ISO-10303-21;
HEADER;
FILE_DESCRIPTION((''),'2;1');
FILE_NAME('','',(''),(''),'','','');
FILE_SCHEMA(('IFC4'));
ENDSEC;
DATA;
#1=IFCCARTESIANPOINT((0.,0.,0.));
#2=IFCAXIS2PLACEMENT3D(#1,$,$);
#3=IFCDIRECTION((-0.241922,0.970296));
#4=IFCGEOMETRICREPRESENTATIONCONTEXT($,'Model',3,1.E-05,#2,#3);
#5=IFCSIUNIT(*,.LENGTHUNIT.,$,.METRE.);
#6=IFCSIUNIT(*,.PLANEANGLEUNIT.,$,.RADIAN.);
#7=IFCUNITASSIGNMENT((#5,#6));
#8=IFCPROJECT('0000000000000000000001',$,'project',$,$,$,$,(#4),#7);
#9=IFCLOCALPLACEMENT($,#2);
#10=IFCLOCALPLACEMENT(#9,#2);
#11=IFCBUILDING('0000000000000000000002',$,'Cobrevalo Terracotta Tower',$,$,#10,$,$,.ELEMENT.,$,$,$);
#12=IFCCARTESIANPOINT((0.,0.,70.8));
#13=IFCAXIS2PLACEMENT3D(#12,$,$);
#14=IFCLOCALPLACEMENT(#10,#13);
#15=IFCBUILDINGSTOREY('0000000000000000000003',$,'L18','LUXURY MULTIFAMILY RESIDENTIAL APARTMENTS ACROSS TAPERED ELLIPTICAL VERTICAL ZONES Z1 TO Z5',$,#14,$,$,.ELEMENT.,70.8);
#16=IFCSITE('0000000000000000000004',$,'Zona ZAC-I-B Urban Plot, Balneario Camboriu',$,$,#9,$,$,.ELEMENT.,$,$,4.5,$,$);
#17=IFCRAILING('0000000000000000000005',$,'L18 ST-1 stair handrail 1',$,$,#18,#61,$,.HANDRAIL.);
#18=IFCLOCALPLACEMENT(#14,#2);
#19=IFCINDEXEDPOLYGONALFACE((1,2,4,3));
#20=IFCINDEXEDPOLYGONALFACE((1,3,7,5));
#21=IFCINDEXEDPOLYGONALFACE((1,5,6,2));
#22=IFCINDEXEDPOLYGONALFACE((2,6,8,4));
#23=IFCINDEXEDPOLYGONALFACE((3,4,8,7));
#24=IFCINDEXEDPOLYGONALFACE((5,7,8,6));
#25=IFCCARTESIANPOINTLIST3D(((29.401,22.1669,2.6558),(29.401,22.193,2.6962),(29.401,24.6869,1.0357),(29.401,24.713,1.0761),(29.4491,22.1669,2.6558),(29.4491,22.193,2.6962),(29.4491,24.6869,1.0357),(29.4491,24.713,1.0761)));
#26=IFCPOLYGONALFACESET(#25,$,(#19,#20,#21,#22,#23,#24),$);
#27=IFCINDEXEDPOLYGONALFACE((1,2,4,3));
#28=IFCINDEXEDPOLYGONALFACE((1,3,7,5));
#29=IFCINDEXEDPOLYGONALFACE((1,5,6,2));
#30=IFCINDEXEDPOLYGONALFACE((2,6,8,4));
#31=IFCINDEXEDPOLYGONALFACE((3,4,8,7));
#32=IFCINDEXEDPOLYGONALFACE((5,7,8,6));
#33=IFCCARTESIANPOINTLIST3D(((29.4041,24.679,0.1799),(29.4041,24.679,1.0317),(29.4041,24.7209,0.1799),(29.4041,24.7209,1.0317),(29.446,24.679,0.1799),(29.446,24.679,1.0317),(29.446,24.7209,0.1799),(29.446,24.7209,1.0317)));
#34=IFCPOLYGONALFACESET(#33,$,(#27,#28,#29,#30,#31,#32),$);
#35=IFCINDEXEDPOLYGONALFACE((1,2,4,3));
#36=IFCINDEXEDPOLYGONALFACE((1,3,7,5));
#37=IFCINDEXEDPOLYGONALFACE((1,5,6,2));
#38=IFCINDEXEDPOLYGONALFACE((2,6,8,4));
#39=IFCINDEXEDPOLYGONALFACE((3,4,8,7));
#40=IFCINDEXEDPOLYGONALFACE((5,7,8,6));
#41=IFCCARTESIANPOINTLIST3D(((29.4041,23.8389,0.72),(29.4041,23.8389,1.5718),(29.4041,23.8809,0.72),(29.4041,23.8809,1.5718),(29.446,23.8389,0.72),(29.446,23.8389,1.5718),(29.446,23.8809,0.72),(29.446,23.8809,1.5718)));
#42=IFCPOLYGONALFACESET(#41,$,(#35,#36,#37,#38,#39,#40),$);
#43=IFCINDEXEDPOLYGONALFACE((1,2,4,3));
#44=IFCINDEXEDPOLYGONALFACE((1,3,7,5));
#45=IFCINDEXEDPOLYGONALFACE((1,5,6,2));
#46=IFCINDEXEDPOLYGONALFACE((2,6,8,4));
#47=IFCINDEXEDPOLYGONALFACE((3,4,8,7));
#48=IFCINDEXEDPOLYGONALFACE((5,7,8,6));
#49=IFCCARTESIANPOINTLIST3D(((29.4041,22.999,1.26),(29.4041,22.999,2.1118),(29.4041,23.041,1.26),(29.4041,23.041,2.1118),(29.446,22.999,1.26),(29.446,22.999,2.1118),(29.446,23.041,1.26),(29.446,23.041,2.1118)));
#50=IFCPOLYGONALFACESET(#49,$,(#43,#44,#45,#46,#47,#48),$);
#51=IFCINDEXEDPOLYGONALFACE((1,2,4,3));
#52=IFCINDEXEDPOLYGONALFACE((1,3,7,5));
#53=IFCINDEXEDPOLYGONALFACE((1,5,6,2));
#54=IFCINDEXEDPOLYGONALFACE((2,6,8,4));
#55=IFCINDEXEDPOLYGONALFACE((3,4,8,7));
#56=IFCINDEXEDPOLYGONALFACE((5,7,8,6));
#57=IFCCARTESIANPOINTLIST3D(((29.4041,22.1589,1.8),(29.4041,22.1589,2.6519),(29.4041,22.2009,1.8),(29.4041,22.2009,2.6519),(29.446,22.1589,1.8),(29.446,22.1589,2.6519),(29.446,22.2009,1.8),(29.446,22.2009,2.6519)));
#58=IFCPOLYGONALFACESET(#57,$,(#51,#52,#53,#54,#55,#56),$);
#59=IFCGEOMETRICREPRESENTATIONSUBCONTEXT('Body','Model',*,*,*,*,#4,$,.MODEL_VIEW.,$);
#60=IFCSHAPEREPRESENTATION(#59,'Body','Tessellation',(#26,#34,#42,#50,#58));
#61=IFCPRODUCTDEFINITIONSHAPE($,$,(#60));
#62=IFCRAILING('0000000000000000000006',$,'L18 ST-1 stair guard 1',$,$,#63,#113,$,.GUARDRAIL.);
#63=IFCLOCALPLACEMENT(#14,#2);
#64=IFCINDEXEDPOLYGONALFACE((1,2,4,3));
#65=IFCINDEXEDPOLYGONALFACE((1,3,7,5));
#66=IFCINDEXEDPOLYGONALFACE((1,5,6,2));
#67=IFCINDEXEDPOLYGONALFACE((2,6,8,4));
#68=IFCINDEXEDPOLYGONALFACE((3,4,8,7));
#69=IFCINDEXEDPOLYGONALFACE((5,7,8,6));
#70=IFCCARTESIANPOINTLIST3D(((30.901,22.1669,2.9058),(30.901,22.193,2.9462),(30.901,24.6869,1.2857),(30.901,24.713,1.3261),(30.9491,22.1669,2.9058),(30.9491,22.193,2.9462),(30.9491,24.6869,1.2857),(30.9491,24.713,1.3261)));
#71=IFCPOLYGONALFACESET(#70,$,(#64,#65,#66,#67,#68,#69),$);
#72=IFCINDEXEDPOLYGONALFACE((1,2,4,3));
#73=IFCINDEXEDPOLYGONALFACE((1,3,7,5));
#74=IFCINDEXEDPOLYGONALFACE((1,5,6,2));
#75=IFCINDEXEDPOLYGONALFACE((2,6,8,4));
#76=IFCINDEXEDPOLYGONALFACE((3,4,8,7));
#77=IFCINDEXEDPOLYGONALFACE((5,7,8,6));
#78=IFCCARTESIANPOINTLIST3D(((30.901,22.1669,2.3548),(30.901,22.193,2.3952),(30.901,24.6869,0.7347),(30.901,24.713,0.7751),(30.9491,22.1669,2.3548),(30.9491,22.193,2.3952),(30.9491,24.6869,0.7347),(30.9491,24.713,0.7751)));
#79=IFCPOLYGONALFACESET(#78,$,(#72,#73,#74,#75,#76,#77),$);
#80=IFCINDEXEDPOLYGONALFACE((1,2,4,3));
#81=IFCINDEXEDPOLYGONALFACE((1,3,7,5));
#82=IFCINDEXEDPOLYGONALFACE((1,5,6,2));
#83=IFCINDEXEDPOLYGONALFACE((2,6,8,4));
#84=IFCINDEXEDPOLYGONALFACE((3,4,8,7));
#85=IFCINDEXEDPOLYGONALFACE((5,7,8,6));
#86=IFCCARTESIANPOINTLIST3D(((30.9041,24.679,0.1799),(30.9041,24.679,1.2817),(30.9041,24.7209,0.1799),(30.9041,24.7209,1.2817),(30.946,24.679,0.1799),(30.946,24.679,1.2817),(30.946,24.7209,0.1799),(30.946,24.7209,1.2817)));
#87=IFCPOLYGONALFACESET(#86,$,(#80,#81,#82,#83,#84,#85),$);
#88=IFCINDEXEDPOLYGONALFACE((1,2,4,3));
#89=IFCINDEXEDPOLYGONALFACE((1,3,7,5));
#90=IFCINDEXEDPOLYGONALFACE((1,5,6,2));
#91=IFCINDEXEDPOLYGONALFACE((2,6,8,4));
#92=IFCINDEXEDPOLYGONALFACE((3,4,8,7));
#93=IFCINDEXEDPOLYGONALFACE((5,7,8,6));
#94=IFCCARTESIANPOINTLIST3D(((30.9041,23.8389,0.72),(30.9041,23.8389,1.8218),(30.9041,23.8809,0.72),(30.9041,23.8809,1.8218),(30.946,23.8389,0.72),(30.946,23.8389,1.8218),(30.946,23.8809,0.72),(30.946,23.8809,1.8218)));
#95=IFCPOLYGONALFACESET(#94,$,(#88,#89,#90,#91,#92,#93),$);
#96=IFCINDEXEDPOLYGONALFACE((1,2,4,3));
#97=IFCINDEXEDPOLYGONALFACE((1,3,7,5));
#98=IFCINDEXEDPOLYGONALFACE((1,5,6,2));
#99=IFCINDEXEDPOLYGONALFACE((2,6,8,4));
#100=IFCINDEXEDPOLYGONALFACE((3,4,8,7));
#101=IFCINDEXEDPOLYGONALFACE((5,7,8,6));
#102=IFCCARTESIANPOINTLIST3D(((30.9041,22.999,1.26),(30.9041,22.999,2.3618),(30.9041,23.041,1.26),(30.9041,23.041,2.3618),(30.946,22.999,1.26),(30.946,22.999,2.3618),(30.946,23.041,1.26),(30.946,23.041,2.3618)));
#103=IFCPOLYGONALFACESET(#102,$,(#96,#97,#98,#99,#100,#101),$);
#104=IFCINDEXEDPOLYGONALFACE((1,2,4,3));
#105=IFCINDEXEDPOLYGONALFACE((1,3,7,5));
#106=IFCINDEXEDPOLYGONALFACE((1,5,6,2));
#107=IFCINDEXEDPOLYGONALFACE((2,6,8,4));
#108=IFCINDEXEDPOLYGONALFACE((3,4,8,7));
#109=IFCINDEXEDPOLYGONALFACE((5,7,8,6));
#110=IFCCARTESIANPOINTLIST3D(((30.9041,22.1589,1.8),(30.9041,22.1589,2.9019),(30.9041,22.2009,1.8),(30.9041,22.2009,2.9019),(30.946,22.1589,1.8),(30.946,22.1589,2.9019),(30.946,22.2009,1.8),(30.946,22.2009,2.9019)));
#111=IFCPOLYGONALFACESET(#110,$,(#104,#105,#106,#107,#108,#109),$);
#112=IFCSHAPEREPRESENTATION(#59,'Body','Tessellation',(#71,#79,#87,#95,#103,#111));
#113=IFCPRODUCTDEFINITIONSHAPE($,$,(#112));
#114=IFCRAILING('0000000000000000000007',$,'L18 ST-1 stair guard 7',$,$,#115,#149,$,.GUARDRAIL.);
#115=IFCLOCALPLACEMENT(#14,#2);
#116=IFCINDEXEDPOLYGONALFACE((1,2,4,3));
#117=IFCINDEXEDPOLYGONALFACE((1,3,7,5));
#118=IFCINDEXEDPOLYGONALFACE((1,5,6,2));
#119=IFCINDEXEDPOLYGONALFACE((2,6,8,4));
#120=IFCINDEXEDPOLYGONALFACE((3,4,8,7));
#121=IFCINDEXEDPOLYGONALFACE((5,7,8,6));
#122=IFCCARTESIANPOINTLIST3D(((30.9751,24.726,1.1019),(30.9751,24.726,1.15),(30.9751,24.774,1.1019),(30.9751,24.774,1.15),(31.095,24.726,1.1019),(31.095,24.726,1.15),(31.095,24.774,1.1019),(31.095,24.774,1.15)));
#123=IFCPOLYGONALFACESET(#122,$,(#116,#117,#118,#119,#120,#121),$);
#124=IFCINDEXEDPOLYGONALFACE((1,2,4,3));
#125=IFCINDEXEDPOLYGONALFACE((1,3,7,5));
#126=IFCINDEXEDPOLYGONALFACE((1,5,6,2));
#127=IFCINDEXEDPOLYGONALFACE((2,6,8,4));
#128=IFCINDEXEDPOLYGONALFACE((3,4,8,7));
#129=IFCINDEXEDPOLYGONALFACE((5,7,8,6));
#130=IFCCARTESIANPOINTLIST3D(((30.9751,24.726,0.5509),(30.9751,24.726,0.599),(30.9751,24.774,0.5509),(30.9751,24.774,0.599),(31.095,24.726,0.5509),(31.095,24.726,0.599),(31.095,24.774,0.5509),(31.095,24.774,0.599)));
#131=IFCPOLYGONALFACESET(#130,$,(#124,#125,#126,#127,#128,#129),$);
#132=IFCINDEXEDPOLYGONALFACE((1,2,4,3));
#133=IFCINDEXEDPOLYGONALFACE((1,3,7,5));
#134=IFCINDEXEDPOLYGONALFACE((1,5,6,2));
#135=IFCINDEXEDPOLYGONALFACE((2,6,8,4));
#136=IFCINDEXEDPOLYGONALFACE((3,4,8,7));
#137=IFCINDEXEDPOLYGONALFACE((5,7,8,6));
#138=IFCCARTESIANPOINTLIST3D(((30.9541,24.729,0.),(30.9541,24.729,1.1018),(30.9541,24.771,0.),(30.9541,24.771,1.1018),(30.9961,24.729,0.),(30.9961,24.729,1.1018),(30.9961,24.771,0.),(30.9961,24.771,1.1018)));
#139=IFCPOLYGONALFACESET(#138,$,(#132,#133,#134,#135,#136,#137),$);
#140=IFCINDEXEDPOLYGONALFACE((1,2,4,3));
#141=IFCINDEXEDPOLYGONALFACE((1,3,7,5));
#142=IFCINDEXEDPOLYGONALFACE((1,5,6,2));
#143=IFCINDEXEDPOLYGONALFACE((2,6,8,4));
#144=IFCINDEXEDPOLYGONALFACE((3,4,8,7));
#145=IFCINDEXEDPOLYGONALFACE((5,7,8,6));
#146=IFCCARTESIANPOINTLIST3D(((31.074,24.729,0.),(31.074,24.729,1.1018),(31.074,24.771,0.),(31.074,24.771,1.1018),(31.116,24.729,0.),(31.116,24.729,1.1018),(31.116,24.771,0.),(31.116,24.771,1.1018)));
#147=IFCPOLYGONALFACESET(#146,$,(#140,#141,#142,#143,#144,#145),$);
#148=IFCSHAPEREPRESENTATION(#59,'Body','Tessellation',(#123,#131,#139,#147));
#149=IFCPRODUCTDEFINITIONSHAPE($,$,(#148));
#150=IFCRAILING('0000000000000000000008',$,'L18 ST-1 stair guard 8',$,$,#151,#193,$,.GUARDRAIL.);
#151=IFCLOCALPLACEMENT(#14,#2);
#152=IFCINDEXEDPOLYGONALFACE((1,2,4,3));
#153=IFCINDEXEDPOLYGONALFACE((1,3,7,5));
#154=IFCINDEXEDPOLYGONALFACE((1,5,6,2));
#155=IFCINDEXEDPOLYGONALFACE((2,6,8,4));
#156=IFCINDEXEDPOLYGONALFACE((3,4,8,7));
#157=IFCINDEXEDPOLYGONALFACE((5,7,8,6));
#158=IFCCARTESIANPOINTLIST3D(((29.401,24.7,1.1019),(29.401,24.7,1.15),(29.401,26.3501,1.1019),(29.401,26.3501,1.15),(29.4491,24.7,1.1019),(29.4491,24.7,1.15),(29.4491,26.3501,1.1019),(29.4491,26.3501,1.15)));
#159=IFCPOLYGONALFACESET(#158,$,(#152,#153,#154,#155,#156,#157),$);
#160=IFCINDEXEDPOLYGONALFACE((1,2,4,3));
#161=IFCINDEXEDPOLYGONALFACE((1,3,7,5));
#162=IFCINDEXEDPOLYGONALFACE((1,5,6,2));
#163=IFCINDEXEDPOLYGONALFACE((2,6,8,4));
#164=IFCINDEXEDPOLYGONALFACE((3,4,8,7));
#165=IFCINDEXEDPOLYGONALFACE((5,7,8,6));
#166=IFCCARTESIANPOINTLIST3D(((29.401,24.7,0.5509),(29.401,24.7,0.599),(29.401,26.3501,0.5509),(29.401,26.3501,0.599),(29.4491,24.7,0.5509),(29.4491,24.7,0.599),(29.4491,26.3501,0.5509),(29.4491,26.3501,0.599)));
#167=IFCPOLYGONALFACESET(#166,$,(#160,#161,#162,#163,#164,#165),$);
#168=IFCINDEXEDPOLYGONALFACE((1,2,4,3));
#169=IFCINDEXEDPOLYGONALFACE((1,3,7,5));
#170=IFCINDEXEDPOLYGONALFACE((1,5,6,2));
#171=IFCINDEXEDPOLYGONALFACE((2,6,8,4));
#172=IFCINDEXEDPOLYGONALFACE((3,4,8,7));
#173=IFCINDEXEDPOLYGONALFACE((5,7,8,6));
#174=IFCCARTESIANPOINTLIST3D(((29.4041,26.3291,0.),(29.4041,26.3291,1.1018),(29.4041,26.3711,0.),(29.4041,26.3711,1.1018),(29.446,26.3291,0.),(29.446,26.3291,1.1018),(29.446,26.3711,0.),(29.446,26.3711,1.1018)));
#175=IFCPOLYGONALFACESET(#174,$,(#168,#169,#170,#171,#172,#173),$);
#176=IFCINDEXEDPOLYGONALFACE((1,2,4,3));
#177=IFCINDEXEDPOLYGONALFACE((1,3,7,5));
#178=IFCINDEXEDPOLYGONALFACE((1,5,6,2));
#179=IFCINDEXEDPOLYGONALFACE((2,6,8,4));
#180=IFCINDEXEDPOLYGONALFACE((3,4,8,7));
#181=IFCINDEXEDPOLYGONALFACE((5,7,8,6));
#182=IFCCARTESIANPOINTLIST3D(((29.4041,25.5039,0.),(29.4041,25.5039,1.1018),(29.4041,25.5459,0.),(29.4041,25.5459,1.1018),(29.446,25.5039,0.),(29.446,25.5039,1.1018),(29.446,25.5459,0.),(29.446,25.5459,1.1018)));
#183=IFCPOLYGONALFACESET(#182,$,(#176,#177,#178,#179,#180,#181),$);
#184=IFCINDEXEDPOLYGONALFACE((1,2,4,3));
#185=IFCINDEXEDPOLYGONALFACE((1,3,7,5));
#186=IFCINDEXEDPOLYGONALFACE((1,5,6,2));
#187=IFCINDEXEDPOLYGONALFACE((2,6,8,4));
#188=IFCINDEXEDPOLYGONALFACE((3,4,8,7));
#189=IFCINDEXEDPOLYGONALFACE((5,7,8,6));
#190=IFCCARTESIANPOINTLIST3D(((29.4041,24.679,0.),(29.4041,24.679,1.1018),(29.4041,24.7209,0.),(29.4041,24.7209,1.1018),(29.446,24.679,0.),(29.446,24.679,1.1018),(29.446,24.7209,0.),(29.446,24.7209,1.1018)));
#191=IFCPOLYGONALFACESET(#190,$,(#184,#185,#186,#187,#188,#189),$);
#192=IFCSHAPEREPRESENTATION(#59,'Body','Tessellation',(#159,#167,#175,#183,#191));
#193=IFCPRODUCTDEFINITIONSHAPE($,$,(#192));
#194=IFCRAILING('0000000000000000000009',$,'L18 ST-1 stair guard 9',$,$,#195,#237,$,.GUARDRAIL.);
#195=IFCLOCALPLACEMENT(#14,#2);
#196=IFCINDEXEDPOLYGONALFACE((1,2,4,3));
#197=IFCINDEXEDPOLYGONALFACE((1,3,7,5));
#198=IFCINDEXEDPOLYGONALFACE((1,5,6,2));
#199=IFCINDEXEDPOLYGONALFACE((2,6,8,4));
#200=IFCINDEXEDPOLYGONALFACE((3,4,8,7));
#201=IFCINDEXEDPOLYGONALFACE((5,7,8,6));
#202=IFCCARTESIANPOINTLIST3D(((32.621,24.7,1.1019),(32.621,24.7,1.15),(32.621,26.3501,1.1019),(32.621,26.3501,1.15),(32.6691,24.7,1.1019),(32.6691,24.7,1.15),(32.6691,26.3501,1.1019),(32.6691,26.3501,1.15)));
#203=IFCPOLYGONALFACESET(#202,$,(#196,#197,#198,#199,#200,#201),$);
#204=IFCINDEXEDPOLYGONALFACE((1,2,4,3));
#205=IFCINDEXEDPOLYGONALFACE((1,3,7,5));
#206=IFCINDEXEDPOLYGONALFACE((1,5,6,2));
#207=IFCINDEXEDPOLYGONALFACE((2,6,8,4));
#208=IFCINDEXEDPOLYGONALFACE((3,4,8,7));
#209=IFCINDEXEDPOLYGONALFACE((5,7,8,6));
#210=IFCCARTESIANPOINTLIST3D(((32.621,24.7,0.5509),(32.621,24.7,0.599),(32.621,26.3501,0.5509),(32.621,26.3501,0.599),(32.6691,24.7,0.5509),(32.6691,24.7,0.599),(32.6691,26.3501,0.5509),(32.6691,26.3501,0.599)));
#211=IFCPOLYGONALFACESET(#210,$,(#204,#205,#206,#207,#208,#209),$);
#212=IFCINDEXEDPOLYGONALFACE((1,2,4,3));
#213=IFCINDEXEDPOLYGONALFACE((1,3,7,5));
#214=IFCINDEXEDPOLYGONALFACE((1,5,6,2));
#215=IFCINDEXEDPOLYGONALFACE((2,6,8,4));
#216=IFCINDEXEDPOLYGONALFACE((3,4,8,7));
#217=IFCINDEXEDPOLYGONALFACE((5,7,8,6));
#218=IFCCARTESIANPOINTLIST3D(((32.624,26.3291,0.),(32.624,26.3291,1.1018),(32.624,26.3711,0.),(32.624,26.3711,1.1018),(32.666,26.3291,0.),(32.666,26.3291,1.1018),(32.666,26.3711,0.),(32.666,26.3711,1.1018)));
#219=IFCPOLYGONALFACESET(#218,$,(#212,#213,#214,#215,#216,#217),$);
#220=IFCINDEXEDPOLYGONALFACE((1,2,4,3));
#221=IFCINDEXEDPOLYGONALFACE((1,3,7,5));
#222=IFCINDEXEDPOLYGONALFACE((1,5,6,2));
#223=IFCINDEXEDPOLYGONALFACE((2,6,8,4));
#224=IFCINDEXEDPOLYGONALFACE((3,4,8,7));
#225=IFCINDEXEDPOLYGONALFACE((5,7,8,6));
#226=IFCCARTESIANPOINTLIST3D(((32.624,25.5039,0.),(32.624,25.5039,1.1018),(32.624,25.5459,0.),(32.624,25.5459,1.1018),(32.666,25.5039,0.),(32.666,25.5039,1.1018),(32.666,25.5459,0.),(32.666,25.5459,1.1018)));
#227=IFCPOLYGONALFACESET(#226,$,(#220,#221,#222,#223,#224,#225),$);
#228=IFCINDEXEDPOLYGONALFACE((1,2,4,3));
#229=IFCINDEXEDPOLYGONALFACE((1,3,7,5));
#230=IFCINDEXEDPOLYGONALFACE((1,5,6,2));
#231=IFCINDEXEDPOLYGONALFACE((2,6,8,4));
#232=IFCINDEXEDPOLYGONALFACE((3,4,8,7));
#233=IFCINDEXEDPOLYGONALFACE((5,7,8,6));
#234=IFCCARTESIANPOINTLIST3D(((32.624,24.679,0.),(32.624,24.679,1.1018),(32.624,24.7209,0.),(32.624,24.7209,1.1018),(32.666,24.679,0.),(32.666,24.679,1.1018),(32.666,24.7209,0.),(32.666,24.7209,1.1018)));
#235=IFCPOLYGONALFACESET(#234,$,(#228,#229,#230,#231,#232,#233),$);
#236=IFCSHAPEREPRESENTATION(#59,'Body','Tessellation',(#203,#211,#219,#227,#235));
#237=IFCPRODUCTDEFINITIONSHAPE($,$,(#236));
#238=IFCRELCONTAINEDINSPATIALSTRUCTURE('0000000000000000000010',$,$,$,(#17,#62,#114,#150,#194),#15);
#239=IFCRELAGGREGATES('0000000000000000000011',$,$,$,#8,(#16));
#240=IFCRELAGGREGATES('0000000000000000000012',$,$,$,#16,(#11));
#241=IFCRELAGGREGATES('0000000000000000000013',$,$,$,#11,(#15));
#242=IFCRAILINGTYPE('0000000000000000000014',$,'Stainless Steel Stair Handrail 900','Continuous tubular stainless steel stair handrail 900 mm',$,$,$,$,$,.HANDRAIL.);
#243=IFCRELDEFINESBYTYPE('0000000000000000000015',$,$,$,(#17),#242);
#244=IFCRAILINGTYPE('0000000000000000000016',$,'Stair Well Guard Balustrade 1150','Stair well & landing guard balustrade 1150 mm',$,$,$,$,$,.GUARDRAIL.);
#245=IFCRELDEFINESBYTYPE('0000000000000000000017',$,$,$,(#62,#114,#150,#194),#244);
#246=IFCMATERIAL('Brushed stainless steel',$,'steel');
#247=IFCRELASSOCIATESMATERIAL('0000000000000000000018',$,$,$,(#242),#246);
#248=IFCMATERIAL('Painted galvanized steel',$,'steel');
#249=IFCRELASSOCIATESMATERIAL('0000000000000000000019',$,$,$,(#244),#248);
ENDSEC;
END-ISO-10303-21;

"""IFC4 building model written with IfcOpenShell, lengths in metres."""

from ifc_helpers import new_model, si_unit, direction, frame, origin, origin_2d, place, context, subcontext, project, spatial, rectangle, extrude, material, type_object, element, save


model = new_model("IFC4")

# Units and contexts
model_context = context("Model", 3, precision=1e-05, world=origin(), true_north=direction((-0.241922, 0.970296)))
body_context = subcontext(model_context, "Body", "Model", "MODEL_VIEW")
ifc_project = project(units=[si_unit("LENGTHUNIT", "METRE"), si_unit("PLANEANGLEUNIT", "RADIAN")], contexts=[model_context])

# Site, building, storey
site_placement = place(None, origin())
site = spatial("IfcSite", under=ifc_project, at=site_placement, Name="Zona ZAC-I-B Urban Plot, Balneario Camboriu", CompositionType="ELEMENT", RefElevation=4.5)
building_placement = place(site_placement, origin())
building = spatial("IfcBuilding", under=site, at=building_placement, Name="Cobrevalo Terracotta Tower", CompositionType="ELEMENT")
storey_placement = place(building_placement, frame((0.0, 0.0, 70.8)))
storey = spatial("IfcBuildingStorey", under=building, at=storey_placement, Name="L18", Description="LUXURY MULTIFAMILY RESIDENTIAL APARTMENTS ACROSS TAPERED ELLIPTICAL VERTICAL ZONES Z1 TO Z5", CompositionType="ELEMENT", Elevation=70.8)

# Shared definitions
ifc_material_1 = material(Name="Brushed stainless steel", Category="steel")

# Railings
railing_type_1 = type_object("IfcRailingType", Name="Stainless Steel Stair Handrail 900", Description="Continuous tubular stainless steel stair handrail 900 mm", PredefinedType="HANDRAIL", material=ifc_material_1)
railing_1_placement = place(storey_placement, frame((29.425, 24.7, 0.1799)))
element("IfcRailing", 1, at=railing_1_placement, inside=storey, type_object=railing_type_1, Name="L18 ST-1 stair handrail 1", PredefinedType="HANDRAIL", context=body_context, shape_type="SweptSolid", body=[
    extrude(rectangle(XDim=0.0481, YDim=0.0481, at=origin_2d()), frame((0.0, 0.0, 0.876), z_axis=(0.0, -0.841163, 0.540782), x_axis=(1.0, 0.0, 0.0)), (0.0, 0.0, 1.0), 2.9958),
    extrude(rectangle(XDim=0.042, YDim=0.042, at=origin_2d()), origin(), (0.0, 0.0, 1.0), 0.8518),
    extrude(rectangle(XDim=0.042, YDim=0.042, at=origin_2d()), frame((0.0, -0.8401, 0.54)), (0.0, 0.0, 1.0), 0.8518),
    extrude(rectangle(XDim=0.042, YDim=0.042, at=origin_2d()), frame((0.0, -1.6799, 1.0801)), (0.0, 0.0, 1.0), 0.8518),
    extrude(rectangle(XDim=0.042, YDim=0.042, at=origin_2d()), frame((0.0, -2.52, 1.6201)), (0.0, 0.0, 1.0), 0.8518),
])
ifc_material_2 = material(Name="Painted galvanized steel", Category="steel")
railing_type_2 = type_object("IfcRailingType", Name="Stair Well Guard Balustrade 1150", Description="Stair well & landing guard balustrade 1150 mm", PredefinedType="GUARDRAIL", material=ifc_material_2)
railing_2_placement = place(storey_placement, frame((30.925, 24.7, 0.1799)))
element("IfcRailing", 2, at=railing_2_placement, inside=storey, type_object=railing_type_2, Name="L18 ST-1 stair guard 1", PredefinedType="GUARDRAIL", context=body_context, shape_type="SweptSolid", body=[
    extrude(rectangle(XDim=0.0481, YDim=0.0481, at=origin_2d()), frame((0.0, 0.0, 1.126), z_axis=(0.0, -0.841163, 0.540782), x_axis=(1.0, 0.0, 0.0)), (0.0, 0.0, 1.0), 2.9958),
    extrude(rectangle(XDim=0.0481, YDim=0.0481, at=origin_2d()), frame((0.0, 0.0, 0.575), z_axis=(0.0, -0.841163, 0.540782), x_axis=(1.0, 0.0, 0.0)), (0.0, 0.0, 1.0), 2.9958),
    extrude(rectangle(XDim=0.042, YDim=0.042, at=origin_2d()), origin(), (0.0, 0.0, 1.0), 1.1018),
    extrude(rectangle(XDim=0.042, YDim=0.042, at=origin_2d()), frame((0.0, -0.8401, 0.54)), (0.0, 0.0, 1.0), 1.1018),
    extrude(rectangle(XDim=0.042, YDim=0.042, at=origin_2d()), frame((0.0, -1.6799, 1.0801)), (0.0, 0.0, 1.0), 1.1018),
    extrude(rectangle(XDim=0.042, YDim=0.042, at=origin_2d()), frame((0.0, -2.52, 1.6201)), (0.0, 0.0, 1.0), 1.1018),
])
railing_3_placement = place(storey_placement, frame((30.9751, 24.75, 0.0)))
element("IfcRailing", 3, at=railing_3_placement, inside=storey, type_object=railing_type_2, Name="L18 ST-1 stair guard 7", PredefinedType="GUARDRAIL", context=body_context, shape_type="SweptSolid", body=[
    extrude(rectangle(XDim=0.0481, YDim=0.0481, at=origin_2d()), frame((0.0, 0.0, 1.126), z_axis=(1.0, 0.0, 0.0), x_axis=(0.0, 1.0, 0.0)), (0.0, 0.0, 1.0), 0.1199),
    extrude(rectangle(XDim=0.0481, YDim=0.0481, at=origin_2d()), frame((0.0, 0.0, 0.575), z_axis=(1.0, 0.0, 0.0), x_axis=(0.0, 1.0, 0.0)), (0.0, 0.0, 1.0), 0.1199),
    extrude(rectangle(XDim=0.042, YDim=0.042, at=origin_2d()), origin(), (0.0, 0.0, 1.0), 1.1018),
    extrude(rectangle(XDim=0.042, YDim=0.042, at=origin_2d()), frame((0.1199, 0.0, 0.0)), (0.0, 0.0, 1.0), 1.1018),
])
for number, where, name in (
    (4, (29.425, 26.3501, 0.0), "L18 ST-1 stair guard 8"),
    (5, (32.645, 26.3501, 0.0), "L18 ST-1 stair guard 9"),
):
    element("IfcRailing", number, at=place(storey_placement, frame(where)), inside=storey, type_object=railing_type_2, Name=name, PredefinedType="GUARDRAIL", context=body_context, shape_type="SweptSolid", body=[
        extrude(rectangle(XDim=0.0481, YDim=0.0481, at=origin_2d()), frame((0.0, 0.0, 1.126), z_axis=(0.0, -1.0, 0.0), x_axis=(1.0, 0.0, 0.0)), (0.0, 0.0, 1.0), 1.6501),
        extrude(rectangle(XDim=0.0481, YDim=0.0481, at=origin_2d()), frame((0.0, 0.0, 0.575), z_axis=(0.0, -1.0, 0.0), x_axis=(1.0, 0.0, 0.0)), (0.0, 0.0, 1.0), 1.6501),
        extrude(rectangle(XDim=0.042, YDim=0.042, at=origin_2d()), origin(), (0.0, 0.0, 1.0), 1.1018),
        extrude(rectangle(XDim=0.042, YDim=0.042, at=origin_2d()), frame((0.0, -0.8252, 0.0)), (0.0, 0.0, 1.0), 1.1018),
        extrude(rectangle(XDim=0.042, YDim=0.042, at=origin_2d()), frame((0.0, -1.6501, 0.0)), (0.0, 0.0, 1.0), 1.1018),
    ])

save(model, "model.ifc")
